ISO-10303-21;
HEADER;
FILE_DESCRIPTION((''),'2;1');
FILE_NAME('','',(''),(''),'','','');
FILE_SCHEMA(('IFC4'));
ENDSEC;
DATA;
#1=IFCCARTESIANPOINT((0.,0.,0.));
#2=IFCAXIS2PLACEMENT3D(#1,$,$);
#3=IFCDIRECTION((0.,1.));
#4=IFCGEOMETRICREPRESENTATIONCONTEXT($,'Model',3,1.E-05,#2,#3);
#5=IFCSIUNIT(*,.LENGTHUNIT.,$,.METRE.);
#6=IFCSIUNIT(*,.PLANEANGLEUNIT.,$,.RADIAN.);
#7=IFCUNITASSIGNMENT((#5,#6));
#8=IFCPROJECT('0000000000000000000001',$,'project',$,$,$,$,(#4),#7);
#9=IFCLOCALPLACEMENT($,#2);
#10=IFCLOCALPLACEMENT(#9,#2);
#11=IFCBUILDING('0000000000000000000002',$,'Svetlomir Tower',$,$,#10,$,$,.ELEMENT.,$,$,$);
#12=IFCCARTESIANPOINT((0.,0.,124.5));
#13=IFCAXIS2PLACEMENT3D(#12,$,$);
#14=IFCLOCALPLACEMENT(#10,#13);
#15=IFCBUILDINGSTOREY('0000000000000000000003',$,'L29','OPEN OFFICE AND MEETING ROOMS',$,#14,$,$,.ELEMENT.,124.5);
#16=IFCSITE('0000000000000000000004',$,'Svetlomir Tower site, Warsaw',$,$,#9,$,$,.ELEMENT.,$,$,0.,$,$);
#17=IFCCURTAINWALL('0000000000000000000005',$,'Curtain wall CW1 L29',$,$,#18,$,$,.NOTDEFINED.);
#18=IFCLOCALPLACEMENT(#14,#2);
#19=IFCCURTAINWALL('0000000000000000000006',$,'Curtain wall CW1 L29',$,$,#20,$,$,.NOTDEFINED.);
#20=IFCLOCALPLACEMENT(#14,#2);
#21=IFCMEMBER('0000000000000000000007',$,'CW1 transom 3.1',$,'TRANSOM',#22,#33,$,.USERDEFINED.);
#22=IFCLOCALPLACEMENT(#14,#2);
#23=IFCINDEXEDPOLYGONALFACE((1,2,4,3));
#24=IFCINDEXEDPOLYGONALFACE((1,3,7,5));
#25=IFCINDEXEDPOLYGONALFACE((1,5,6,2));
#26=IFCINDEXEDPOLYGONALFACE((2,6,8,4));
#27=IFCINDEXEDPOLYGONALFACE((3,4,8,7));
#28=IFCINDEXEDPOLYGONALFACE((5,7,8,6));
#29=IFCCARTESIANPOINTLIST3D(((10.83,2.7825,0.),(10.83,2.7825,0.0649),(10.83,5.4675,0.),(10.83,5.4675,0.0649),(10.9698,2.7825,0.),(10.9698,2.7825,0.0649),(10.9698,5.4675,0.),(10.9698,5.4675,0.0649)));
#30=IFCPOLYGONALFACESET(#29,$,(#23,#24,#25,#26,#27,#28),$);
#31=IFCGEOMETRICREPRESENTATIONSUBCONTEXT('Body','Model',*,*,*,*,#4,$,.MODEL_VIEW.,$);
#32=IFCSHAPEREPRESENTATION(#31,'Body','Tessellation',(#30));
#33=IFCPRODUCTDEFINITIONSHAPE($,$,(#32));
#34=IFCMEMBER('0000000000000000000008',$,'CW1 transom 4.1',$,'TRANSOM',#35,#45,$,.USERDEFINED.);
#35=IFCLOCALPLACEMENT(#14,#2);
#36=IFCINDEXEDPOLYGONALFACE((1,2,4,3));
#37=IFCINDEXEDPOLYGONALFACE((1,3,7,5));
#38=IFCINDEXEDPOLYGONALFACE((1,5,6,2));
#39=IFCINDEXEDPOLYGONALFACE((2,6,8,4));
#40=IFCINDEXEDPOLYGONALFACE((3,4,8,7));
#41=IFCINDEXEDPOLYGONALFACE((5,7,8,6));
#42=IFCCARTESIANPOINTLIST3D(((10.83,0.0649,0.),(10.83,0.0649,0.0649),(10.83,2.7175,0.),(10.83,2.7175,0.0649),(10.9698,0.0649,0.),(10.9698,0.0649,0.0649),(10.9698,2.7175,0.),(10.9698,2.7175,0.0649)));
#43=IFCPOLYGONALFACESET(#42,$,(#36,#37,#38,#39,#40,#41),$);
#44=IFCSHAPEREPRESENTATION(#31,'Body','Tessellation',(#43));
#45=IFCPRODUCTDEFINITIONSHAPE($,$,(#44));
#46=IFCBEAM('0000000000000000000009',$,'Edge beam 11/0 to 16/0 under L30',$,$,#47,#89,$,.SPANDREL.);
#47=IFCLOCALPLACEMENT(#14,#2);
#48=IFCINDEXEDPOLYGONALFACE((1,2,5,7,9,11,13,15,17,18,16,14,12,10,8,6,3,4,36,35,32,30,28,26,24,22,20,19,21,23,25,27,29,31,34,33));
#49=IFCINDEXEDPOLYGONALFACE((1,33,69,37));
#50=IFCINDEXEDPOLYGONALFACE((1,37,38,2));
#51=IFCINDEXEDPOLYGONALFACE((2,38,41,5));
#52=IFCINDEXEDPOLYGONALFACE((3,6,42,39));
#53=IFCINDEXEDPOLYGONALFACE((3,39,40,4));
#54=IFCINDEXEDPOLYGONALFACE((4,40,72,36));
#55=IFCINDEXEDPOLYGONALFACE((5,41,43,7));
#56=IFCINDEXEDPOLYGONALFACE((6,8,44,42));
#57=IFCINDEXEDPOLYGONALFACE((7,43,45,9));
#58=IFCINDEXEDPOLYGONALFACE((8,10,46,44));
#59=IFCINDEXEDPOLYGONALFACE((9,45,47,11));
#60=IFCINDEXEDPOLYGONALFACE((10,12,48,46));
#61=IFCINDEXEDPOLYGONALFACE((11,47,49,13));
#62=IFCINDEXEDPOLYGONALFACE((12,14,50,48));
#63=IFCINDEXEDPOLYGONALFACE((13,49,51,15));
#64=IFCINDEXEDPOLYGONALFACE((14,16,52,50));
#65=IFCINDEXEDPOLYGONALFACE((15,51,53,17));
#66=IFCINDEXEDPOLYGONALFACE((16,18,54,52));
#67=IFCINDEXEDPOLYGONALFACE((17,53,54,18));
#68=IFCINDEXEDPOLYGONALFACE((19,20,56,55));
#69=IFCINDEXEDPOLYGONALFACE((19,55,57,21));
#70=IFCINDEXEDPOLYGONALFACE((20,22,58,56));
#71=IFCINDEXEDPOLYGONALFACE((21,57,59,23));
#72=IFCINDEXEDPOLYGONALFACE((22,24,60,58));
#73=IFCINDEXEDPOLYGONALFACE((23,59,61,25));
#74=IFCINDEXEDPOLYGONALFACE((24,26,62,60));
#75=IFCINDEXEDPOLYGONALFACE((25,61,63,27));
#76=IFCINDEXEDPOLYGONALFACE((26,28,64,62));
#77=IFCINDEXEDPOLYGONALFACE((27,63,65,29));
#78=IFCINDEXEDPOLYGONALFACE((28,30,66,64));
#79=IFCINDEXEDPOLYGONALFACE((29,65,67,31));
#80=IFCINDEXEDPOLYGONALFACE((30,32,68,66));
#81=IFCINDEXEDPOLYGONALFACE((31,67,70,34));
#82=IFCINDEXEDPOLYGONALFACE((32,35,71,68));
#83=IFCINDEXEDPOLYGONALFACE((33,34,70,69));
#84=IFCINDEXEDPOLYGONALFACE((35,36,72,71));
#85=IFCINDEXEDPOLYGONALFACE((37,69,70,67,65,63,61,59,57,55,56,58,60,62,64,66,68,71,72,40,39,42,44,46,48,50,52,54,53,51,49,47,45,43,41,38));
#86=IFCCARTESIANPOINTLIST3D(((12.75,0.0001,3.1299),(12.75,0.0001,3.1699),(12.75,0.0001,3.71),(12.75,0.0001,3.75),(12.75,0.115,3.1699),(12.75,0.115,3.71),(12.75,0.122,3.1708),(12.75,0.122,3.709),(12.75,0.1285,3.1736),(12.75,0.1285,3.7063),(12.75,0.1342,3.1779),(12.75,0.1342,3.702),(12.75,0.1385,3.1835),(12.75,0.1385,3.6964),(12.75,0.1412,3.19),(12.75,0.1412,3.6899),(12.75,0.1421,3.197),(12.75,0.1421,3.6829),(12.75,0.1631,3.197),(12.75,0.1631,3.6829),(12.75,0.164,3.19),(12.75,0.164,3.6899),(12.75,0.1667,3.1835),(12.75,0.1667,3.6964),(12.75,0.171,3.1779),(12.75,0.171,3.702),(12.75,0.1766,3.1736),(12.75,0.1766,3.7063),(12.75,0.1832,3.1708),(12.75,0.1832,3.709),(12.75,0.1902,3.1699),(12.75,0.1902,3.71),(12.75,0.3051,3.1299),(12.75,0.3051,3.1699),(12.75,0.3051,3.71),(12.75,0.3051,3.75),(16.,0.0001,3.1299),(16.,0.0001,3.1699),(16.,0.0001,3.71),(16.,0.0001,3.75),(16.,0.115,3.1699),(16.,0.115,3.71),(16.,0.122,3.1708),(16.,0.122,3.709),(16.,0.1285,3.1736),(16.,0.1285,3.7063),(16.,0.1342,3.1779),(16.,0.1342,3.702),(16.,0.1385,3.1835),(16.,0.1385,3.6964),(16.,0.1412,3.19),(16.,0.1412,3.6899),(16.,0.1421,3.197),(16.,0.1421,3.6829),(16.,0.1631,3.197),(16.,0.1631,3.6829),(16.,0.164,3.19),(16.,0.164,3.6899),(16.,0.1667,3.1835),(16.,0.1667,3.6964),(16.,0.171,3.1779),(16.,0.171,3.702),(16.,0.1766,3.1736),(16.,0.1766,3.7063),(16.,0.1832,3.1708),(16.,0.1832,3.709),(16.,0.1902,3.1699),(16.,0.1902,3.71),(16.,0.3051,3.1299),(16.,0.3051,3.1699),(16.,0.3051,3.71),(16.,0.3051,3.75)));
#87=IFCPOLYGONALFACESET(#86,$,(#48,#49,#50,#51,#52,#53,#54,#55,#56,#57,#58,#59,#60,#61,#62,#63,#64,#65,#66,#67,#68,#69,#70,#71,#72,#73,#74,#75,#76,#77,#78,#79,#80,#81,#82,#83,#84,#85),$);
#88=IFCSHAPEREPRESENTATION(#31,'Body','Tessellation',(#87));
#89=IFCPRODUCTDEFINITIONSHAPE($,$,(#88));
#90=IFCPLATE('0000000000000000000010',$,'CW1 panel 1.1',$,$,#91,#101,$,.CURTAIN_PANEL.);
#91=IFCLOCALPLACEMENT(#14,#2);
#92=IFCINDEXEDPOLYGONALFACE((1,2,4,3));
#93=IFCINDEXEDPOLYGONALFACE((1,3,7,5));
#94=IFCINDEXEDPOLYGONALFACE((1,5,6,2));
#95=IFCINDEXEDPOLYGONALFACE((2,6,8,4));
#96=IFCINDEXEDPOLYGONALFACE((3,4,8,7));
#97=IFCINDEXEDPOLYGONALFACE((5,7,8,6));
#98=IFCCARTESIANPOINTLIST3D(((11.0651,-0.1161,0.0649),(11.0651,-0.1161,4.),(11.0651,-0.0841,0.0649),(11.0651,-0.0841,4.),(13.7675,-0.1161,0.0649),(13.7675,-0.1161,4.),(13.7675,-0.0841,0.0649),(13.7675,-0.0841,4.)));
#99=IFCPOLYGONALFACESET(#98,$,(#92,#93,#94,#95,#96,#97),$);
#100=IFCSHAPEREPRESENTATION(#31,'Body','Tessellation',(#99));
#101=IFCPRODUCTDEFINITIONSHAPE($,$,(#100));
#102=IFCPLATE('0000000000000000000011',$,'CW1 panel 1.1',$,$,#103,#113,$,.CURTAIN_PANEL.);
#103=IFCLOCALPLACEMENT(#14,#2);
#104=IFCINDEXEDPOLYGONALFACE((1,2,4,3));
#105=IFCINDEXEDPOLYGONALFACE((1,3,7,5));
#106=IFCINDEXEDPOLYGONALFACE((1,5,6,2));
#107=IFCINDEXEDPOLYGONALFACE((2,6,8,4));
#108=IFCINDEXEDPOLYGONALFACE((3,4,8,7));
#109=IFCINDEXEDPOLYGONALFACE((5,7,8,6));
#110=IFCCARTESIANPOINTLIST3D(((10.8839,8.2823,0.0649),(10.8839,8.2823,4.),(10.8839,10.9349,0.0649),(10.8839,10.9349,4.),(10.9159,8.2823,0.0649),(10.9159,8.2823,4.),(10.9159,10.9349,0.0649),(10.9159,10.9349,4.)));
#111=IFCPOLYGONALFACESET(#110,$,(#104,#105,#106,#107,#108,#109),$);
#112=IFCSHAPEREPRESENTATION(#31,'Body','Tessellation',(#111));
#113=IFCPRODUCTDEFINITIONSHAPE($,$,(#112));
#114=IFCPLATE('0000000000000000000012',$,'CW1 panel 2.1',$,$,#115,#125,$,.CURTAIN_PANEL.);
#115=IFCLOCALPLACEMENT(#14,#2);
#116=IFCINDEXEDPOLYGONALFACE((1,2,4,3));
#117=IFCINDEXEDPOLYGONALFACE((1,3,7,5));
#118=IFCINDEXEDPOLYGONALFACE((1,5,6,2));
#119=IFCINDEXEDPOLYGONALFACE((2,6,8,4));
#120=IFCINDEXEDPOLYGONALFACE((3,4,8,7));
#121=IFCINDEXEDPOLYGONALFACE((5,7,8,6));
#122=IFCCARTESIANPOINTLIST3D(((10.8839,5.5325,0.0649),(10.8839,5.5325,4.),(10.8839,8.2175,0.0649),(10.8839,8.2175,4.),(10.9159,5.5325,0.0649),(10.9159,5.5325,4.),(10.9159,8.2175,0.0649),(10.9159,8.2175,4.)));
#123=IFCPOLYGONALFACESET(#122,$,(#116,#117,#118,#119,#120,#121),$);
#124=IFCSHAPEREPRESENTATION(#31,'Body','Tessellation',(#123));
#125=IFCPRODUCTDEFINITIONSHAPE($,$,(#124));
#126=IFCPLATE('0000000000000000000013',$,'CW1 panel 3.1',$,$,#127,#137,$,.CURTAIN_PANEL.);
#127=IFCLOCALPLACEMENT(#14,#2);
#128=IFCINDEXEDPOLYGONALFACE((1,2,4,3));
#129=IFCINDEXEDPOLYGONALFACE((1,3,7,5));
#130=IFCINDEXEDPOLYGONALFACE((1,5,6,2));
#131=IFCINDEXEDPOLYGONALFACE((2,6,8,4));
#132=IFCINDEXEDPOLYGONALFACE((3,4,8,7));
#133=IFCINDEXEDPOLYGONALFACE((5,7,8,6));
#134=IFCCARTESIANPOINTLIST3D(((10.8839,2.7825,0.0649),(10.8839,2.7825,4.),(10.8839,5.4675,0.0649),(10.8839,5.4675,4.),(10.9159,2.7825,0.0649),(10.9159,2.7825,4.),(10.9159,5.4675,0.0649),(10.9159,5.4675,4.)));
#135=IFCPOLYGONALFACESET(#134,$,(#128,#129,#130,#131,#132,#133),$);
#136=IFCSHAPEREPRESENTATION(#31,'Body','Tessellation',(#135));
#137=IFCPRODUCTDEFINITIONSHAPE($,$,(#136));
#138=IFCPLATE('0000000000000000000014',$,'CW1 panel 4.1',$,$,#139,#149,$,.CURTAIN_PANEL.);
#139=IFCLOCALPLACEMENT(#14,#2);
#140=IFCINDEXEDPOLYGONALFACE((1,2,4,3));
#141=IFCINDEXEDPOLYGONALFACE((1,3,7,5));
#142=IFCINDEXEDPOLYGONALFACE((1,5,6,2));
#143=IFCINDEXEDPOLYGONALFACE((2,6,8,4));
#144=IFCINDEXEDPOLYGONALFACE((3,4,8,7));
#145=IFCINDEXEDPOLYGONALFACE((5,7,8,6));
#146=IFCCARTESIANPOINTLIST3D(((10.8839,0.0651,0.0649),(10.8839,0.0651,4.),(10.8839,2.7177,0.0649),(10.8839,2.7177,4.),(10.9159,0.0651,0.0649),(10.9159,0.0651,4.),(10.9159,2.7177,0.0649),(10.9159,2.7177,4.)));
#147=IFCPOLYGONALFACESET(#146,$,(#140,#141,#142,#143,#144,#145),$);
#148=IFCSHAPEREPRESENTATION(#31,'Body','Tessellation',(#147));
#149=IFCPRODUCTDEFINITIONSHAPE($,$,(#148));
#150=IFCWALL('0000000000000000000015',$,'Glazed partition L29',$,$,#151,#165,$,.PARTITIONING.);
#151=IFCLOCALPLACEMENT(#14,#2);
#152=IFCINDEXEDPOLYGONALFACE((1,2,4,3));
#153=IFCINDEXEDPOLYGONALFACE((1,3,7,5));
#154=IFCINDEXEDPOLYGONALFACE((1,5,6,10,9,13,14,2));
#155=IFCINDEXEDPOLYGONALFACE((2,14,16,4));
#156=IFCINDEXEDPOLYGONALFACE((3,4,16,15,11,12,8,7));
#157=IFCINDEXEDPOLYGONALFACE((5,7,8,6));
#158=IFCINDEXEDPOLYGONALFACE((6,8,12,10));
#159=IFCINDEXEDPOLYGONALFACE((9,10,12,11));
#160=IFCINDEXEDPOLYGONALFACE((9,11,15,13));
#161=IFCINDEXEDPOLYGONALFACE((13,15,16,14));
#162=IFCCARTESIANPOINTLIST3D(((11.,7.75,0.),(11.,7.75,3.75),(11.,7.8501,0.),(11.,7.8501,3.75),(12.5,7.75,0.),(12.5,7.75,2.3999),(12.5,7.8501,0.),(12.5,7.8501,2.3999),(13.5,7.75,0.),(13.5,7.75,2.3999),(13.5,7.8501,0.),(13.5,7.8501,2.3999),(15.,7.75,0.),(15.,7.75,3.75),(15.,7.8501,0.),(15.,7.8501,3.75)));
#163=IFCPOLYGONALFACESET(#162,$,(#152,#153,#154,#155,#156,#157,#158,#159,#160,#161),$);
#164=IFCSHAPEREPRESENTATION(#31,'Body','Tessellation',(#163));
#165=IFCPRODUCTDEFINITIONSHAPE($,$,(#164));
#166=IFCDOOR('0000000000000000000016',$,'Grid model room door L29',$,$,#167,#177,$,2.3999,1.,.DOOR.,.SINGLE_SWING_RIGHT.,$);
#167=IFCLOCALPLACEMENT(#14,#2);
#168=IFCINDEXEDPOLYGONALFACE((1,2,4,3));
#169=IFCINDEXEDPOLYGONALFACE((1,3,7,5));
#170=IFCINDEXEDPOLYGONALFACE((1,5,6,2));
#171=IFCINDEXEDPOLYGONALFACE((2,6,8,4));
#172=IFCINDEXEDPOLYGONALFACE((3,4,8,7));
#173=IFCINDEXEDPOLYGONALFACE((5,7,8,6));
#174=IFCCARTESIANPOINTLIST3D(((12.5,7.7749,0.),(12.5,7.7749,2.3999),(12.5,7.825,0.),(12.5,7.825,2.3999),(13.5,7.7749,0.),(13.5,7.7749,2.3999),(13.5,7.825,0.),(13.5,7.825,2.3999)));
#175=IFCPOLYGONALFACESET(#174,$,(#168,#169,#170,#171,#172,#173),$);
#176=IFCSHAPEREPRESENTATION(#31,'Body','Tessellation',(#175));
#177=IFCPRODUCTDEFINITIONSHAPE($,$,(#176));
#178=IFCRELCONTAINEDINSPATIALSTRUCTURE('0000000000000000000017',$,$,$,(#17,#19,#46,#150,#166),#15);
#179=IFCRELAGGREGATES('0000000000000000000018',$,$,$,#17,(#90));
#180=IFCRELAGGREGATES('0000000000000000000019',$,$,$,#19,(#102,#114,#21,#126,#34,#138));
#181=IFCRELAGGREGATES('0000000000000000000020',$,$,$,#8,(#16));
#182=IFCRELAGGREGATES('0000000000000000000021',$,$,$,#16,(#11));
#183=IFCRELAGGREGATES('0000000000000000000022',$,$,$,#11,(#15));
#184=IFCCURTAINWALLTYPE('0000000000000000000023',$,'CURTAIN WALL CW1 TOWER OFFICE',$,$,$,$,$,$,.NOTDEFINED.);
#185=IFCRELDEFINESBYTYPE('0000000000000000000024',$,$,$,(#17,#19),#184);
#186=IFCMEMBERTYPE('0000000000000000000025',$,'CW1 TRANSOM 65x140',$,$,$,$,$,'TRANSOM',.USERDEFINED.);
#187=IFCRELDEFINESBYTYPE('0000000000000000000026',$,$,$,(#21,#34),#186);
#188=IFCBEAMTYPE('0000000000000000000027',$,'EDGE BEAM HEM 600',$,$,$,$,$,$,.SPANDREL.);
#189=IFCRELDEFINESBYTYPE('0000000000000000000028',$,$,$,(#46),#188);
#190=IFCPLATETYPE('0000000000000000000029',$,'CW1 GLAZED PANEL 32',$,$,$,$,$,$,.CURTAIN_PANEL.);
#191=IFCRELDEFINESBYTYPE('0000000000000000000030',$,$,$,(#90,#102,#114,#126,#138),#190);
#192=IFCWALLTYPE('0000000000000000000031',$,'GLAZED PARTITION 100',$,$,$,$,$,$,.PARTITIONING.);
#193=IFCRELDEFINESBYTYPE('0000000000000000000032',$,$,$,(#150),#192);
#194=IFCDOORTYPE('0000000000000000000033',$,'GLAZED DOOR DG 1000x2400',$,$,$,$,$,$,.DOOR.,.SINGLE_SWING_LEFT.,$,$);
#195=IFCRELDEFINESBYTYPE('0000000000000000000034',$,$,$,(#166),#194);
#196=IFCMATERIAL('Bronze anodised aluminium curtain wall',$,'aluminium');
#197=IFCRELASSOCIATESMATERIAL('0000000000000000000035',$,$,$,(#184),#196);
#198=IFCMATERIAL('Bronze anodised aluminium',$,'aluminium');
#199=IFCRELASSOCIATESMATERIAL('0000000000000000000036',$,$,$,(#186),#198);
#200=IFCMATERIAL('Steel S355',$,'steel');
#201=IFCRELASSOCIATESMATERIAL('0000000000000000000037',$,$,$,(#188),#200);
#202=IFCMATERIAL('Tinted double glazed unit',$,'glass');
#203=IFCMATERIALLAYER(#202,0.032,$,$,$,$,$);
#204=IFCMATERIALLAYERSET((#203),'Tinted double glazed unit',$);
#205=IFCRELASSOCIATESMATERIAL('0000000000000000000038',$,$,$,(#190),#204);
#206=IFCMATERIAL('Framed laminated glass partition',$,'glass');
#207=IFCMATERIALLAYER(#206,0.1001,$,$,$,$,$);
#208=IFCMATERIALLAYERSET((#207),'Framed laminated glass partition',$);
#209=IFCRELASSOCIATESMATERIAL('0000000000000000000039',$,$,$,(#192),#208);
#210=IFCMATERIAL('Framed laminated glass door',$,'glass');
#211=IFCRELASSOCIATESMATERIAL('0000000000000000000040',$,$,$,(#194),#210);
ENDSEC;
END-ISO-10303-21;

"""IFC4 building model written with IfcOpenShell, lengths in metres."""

from ifc_helpers import new_model, si_unit, direction, frame, frame_2d, origin, origin_2d, place, context, subcontext, project, spatial, rectangle, i_section, extrude, material, layer, layer_set, material_profile, profile_set, type_object, element, fill, aggregate, save


model = new_model("IFC4")

# Units and contexts
model_context = context("Model", 3, precision=1e-05, world=origin(), true_north=direction((0.0, 1.0)))
body_context = subcontext(model_context, "Body", "Model", "MODEL_VIEW")
ifc_project = project(units=[si_unit("LENGTHUNIT", "METRE"), si_unit("PLANEANGLEUNIT", "RADIAN")], contexts=[model_context])

# Site, building, storey
site_placement = place(None, origin())
site = spatial("IfcSite", under=ifc_project, at=site_placement, Name="Svetlomir Tower site, Warsaw", CompositionType="ELEMENT", RefElevation=0.0)
building_placement = place(site_placement, origin())
building = spatial("IfcBuilding", under=site, at=building_placement, Name="Svetlomir Tower", CompositionType="ELEMENT")
storey_placement = place(building_placement, frame((0.0, 0.0, 124.5)))
storey = spatial("IfcBuildingStorey", under=building, at=storey_placement, Name="L29", Description="OPEN OFFICE AND MEETING ROOMS", CompositionType="ELEMENT", Elevation=124.5)

# Curtain wall
ifc_material_1 = material(Name="Bronze anodised aluminium curtain wall", Category="aluminium")
curtain_wall_type = type_object("IfcCurtainWallType", Name="CURTAIN WALL CW1 TOWER OFFICE", PredefinedType="NOTDEFINED", material=ifc_material_1)
curtain_wall_1_placement = place(storey_placement, origin())
curtain_wall_1 = element("IfcCurtainWall", 1, at=curtain_wall_1_placement, inside=storey, type_object=curtain_wall_type, Name="Curtain wall CW1 L29", PredefinedType="NOTDEFINED")

# Curtain wall
curtain_wall_2_placement = place(storey_placement, origin())
curtain_wall_2 = element("IfcCurtainWall", 2, at=curtain_wall_2_placement, inside=storey, type_object=curtain_wall_type, Name="Curtain wall CW1 L29", PredefinedType="NOTDEFINED")

# Members
ifc_material_2 = material(Name="Bronze anodised aluminium", Category="aluminium")
ifc_material_profile_1 = material_profile(ifc_material_2, rectangle(XDim=0.1399, YDim=0.0649, at=origin_2d()), Name="AL 140x65")
ifc_profile_set_1 = profile_set([ifc_material_profile_1], Name="Bronze anodised aluminium 6063-T6")
member_type_1 = type_object("IfcMemberType", Name="CW1 TRANSOM 65x140", ElementType="TRANSOM", PredefinedType="USERDEFINED", material=ifc_profile_set_1)
member_1_placement = place(storey_placement, frame((10.8999, 5.4675, 0.0325), z_axis=(0.0, -1.0, 0.0), x_axis=(1.0, 0.0, 0.0)))
member_1 = element("IfcMember", 3, at=member_1_placement, type_object=member_type_1, Name="CW1 transom 3.1", ObjectType="TRANSOM", PredefinedType="USERDEFINED", context=body_context, shape_type="SweptSolid", body=[
    extrude(rectangle(XDim=0.1399, YDim=0.0649, at=origin_2d()), origin(), (0.0, 0.0, 1.0), 2.6851),
])
member_2_placement = place(storey_placement, frame((10.8999, 2.7175, 0.0325), z_axis=(0.0, -1.0, 0.0), x_axis=(1.0, 0.0, 0.0)))
member_2 = element("IfcMember", 4, at=member_2_placement, type_object=member_type_1, Name="CW1 transom 4.1", ObjectType="TRANSOM", PredefinedType="USERDEFINED", context=body_context, shape_type="SweptSolid", body=[
    extrude(rectangle(XDim=0.1399, YDim=0.0649, at=origin_2d()), origin(), (0.0, 0.0, 1.0), 2.6526),
])

# Beam
ifc_material_3 = material(Name="Steel S355", Category="steel")
ifc_material_profile_2 = material_profile(ifc_material_3, i_section(OverallWidth=0.3049, OverallDepth=0.6201, WebThickness=0.021, FlangeThickness=0.04, FilletRadius=0.0271, at=origin_2d()), Name="HEM 600")
ifc_profile_set_2 = profile_set([ifc_material_profile_2], Name="Steel S355")
beam_type = type_object("IfcBeamType", Name="EDGE BEAM HEM 600", PredefinedType="SPANDREL", material=ifc_profile_set_2)
beam_placement = place(storey_placement, frame((12.75, 0.1526, 3.4399), z_axis=(1.0, 0.0, 0.0), x_axis=(0.0, 1.0, 0.0)))
element("IfcBeam", 5, at=beam_placement, inside=storey, type_object=beam_type, Name="Edge beam 11/0 to 16/0 under L30", PredefinedType="SPANDREL", context=body_context, shape_type="SweptSolid", body=[
    extrude(i_section(OverallWidth=0.3049, OverallDepth=0.6201, WebThickness=0.021, FlangeThickness=0.04, FilletRadius=0.0271, at=origin_2d()), origin(), (0.0, 0.0, 1.0), 3.25),
])

# Plates
ifc_material_4 = material(Name="Tinted double glazed unit", Category="glass")
ifc_layer_1 = layer(ifc_material_4, 0.032)
ifc_layer_set_1 = layer_set([ifc_layer_1], Name="Tinted double glazed unit")
plate_type = type_object("IfcPlateType", Name="CW1 GLAZED PANEL 32", PredefinedType="CURTAIN_PANEL", material=ifc_layer_set_1)
plate_1_placement = place(storey_placement, frame((12.4163, -0.1001, 0.0649), z_axis=(0.0, 0.0, 1.0), x_axis=(1.0, 0.0, 0.0)))
plate_1 = element("IfcPlate", 6, at=plate_1_placement, type_object=plate_type, Name="CW1 panel 1.1", PredefinedType="CURTAIN_PANEL", context=body_context, shape_type="SweptSolid", body=[
    extrude(rectangle(XDim=2.7024, YDim=0.032, at=origin_2d()), origin(), (0.0, 0.0, 1.0), 3.9351),
])
aggregate(curtain_wall_1, [plate_1])
plate_2_placement = place(storey_placement, frame((10.8999, 9.6086, 0.0649), z_axis=(0.0, 0.0, 1.0), x_axis=(0.0, -1.0, 0.0)))
plate_2 = element("IfcPlate", 7, at=plate_2_placement, type_object=plate_type, Name="CW1 panel 1.1", PredefinedType="CURTAIN_PANEL", context=body_context, shape_type="SweptSolid", body=[
    extrude(rectangle(XDim=2.6526, YDim=0.032, at=origin_2d()), origin(), (0.0, 0.0, 1.0), 3.9351),
])
plate_3_placement = place(storey_placement, frame((10.8999, 6.875, 0.0649), z_axis=(0.0, 0.0, 1.0), x_axis=(0.0, -1.0, 0.0)))
plate_3 = element("IfcPlate", 8, at=plate_3_placement, type_object=plate_type, Name="CW1 panel 2.1", PredefinedType="CURTAIN_PANEL", context=body_context, shape_type="SweptSolid", body=[
    extrude(rectangle(XDim=2.6851, YDim=0.032, at=origin_2d()), origin(), (0.0, 0.0, 1.0), 3.9351),
])
plate_4_placement = place(storey_placement, frame((10.8999, 4.125, 0.0649), z_axis=(0.0, 0.0, 1.0), x_axis=(0.0, -1.0, 0.0)))
plate_4 = element("IfcPlate", 9, at=plate_4_placement, type_object=plate_type, Name="CW1 panel 3.1", PredefinedType="CURTAIN_PANEL", context=body_context, shape_type="SweptSolid", body=[
    extrude(rectangle(XDim=2.6851, YDim=0.032, at=origin_2d()), origin(), (0.0, 0.0, 1.0), 3.9351),
])
plate_5_placement = place(storey_placement, frame((10.8999, 1.3914, 0.0649), z_axis=(0.0, 0.0, 1.0), x_axis=(0.0, -1.0, 0.0)))
plate_5 = element("IfcPlate", 10, at=plate_5_placement, type_object=plate_type, Name="CW1 panel 4.1", PredefinedType="CURTAIN_PANEL", context=body_context, shape_type="SweptSolid", body=[
    extrude(rectangle(XDim=2.6526, YDim=0.032, at=origin_2d()), origin(), (0.0, 0.0, 1.0), 3.9351),
])
aggregate(curtain_wall_2, [plate_2, plate_3, member_1, plate_4, member_2, plate_5])

# Wall, opening, door
ifc_material_5 = material(Name="Framed laminated glass partition", Category="glass")
ifc_layer_2 = layer(ifc_material_5, 0.1001)
ifc_layer_set_2 = layer_set([ifc_layer_2], Name="Framed laminated glass partition")
wall_type = type_object("IfcWallType", Name="GLAZED PARTITION 100", PredefinedType="PARTITIONING", material=ifc_layer_set_2)
wall_placement = place(storey_placement, frame((11.0, 7.8, 0.0), z_axis=(0.0, 0.0, 1.0), x_axis=(1.0, 0.0, 0.0)))
wall = element("IfcWall", 11, at=wall_placement, inside=storey, type_object=wall_type, Name="Glazed partition L29", PredefinedType="PARTITIONING", context=body_context, shape_type="SweptSolid", body=[
    extrude(rectangle(XDim=4.0, YDim=0.1001, at=frame_2d((2.0, 0.0))), origin(), (0.0, 0.0, 1.0), 3.75),
])
opening_placement = place(wall_placement, frame((1.5, 0.0, 0.0)))
opening = element("IfcOpeningElement", 12, at=opening_placement, cuts=wall, PredefinedType="OPENING", context=body_context, shape_type="SweptSolid", body=[
    extrude(rectangle(XDim=1.0, YDim=2.3999, at=frame_2d((0.5, 1.2))), frame((0.0, 0.0601, 0.0), z_axis=(0.0, -1.0, 0.0), x_axis=(1.0, 0.0, 0.0)), (0.0, 0.0, 1.0), 0.1201),
])
ifc_material_6 = material(Name="Framed laminated glass door", Category="glass")
door_type = type_object("IfcDoorType", Name="GLAZED DOOR DG 1000x2400", OperationType="SINGLE_SWING_LEFT", PredefinedType="DOOR", material=ifc_material_6)
door_placement = place(opening_placement, origin())
door = element("IfcDoor", 13, at=door_placement, inside=storey, type_object=door_type, Name="Grid model room door L29", OperationType="SINGLE_SWING_RIGHT", OverallHeight=2.3999, OverallWidth=1.0, PredefinedType="DOOR", context=body_context, shape_type="SweptSolid", body=[
    extrude(rectangle(XDim=1.0, YDim=2.3999, at=frame_2d((0.5, 1.2))), frame((0.0, 0.0249, 0.0), z_axis=(0.0, -1.0, 0.0), x_axis=(1.0, 0.0, 0.0)), (0.0, 0.0, 1.0), 0.05),
])
fill(opening, door)

save(model, "model.ifc")
